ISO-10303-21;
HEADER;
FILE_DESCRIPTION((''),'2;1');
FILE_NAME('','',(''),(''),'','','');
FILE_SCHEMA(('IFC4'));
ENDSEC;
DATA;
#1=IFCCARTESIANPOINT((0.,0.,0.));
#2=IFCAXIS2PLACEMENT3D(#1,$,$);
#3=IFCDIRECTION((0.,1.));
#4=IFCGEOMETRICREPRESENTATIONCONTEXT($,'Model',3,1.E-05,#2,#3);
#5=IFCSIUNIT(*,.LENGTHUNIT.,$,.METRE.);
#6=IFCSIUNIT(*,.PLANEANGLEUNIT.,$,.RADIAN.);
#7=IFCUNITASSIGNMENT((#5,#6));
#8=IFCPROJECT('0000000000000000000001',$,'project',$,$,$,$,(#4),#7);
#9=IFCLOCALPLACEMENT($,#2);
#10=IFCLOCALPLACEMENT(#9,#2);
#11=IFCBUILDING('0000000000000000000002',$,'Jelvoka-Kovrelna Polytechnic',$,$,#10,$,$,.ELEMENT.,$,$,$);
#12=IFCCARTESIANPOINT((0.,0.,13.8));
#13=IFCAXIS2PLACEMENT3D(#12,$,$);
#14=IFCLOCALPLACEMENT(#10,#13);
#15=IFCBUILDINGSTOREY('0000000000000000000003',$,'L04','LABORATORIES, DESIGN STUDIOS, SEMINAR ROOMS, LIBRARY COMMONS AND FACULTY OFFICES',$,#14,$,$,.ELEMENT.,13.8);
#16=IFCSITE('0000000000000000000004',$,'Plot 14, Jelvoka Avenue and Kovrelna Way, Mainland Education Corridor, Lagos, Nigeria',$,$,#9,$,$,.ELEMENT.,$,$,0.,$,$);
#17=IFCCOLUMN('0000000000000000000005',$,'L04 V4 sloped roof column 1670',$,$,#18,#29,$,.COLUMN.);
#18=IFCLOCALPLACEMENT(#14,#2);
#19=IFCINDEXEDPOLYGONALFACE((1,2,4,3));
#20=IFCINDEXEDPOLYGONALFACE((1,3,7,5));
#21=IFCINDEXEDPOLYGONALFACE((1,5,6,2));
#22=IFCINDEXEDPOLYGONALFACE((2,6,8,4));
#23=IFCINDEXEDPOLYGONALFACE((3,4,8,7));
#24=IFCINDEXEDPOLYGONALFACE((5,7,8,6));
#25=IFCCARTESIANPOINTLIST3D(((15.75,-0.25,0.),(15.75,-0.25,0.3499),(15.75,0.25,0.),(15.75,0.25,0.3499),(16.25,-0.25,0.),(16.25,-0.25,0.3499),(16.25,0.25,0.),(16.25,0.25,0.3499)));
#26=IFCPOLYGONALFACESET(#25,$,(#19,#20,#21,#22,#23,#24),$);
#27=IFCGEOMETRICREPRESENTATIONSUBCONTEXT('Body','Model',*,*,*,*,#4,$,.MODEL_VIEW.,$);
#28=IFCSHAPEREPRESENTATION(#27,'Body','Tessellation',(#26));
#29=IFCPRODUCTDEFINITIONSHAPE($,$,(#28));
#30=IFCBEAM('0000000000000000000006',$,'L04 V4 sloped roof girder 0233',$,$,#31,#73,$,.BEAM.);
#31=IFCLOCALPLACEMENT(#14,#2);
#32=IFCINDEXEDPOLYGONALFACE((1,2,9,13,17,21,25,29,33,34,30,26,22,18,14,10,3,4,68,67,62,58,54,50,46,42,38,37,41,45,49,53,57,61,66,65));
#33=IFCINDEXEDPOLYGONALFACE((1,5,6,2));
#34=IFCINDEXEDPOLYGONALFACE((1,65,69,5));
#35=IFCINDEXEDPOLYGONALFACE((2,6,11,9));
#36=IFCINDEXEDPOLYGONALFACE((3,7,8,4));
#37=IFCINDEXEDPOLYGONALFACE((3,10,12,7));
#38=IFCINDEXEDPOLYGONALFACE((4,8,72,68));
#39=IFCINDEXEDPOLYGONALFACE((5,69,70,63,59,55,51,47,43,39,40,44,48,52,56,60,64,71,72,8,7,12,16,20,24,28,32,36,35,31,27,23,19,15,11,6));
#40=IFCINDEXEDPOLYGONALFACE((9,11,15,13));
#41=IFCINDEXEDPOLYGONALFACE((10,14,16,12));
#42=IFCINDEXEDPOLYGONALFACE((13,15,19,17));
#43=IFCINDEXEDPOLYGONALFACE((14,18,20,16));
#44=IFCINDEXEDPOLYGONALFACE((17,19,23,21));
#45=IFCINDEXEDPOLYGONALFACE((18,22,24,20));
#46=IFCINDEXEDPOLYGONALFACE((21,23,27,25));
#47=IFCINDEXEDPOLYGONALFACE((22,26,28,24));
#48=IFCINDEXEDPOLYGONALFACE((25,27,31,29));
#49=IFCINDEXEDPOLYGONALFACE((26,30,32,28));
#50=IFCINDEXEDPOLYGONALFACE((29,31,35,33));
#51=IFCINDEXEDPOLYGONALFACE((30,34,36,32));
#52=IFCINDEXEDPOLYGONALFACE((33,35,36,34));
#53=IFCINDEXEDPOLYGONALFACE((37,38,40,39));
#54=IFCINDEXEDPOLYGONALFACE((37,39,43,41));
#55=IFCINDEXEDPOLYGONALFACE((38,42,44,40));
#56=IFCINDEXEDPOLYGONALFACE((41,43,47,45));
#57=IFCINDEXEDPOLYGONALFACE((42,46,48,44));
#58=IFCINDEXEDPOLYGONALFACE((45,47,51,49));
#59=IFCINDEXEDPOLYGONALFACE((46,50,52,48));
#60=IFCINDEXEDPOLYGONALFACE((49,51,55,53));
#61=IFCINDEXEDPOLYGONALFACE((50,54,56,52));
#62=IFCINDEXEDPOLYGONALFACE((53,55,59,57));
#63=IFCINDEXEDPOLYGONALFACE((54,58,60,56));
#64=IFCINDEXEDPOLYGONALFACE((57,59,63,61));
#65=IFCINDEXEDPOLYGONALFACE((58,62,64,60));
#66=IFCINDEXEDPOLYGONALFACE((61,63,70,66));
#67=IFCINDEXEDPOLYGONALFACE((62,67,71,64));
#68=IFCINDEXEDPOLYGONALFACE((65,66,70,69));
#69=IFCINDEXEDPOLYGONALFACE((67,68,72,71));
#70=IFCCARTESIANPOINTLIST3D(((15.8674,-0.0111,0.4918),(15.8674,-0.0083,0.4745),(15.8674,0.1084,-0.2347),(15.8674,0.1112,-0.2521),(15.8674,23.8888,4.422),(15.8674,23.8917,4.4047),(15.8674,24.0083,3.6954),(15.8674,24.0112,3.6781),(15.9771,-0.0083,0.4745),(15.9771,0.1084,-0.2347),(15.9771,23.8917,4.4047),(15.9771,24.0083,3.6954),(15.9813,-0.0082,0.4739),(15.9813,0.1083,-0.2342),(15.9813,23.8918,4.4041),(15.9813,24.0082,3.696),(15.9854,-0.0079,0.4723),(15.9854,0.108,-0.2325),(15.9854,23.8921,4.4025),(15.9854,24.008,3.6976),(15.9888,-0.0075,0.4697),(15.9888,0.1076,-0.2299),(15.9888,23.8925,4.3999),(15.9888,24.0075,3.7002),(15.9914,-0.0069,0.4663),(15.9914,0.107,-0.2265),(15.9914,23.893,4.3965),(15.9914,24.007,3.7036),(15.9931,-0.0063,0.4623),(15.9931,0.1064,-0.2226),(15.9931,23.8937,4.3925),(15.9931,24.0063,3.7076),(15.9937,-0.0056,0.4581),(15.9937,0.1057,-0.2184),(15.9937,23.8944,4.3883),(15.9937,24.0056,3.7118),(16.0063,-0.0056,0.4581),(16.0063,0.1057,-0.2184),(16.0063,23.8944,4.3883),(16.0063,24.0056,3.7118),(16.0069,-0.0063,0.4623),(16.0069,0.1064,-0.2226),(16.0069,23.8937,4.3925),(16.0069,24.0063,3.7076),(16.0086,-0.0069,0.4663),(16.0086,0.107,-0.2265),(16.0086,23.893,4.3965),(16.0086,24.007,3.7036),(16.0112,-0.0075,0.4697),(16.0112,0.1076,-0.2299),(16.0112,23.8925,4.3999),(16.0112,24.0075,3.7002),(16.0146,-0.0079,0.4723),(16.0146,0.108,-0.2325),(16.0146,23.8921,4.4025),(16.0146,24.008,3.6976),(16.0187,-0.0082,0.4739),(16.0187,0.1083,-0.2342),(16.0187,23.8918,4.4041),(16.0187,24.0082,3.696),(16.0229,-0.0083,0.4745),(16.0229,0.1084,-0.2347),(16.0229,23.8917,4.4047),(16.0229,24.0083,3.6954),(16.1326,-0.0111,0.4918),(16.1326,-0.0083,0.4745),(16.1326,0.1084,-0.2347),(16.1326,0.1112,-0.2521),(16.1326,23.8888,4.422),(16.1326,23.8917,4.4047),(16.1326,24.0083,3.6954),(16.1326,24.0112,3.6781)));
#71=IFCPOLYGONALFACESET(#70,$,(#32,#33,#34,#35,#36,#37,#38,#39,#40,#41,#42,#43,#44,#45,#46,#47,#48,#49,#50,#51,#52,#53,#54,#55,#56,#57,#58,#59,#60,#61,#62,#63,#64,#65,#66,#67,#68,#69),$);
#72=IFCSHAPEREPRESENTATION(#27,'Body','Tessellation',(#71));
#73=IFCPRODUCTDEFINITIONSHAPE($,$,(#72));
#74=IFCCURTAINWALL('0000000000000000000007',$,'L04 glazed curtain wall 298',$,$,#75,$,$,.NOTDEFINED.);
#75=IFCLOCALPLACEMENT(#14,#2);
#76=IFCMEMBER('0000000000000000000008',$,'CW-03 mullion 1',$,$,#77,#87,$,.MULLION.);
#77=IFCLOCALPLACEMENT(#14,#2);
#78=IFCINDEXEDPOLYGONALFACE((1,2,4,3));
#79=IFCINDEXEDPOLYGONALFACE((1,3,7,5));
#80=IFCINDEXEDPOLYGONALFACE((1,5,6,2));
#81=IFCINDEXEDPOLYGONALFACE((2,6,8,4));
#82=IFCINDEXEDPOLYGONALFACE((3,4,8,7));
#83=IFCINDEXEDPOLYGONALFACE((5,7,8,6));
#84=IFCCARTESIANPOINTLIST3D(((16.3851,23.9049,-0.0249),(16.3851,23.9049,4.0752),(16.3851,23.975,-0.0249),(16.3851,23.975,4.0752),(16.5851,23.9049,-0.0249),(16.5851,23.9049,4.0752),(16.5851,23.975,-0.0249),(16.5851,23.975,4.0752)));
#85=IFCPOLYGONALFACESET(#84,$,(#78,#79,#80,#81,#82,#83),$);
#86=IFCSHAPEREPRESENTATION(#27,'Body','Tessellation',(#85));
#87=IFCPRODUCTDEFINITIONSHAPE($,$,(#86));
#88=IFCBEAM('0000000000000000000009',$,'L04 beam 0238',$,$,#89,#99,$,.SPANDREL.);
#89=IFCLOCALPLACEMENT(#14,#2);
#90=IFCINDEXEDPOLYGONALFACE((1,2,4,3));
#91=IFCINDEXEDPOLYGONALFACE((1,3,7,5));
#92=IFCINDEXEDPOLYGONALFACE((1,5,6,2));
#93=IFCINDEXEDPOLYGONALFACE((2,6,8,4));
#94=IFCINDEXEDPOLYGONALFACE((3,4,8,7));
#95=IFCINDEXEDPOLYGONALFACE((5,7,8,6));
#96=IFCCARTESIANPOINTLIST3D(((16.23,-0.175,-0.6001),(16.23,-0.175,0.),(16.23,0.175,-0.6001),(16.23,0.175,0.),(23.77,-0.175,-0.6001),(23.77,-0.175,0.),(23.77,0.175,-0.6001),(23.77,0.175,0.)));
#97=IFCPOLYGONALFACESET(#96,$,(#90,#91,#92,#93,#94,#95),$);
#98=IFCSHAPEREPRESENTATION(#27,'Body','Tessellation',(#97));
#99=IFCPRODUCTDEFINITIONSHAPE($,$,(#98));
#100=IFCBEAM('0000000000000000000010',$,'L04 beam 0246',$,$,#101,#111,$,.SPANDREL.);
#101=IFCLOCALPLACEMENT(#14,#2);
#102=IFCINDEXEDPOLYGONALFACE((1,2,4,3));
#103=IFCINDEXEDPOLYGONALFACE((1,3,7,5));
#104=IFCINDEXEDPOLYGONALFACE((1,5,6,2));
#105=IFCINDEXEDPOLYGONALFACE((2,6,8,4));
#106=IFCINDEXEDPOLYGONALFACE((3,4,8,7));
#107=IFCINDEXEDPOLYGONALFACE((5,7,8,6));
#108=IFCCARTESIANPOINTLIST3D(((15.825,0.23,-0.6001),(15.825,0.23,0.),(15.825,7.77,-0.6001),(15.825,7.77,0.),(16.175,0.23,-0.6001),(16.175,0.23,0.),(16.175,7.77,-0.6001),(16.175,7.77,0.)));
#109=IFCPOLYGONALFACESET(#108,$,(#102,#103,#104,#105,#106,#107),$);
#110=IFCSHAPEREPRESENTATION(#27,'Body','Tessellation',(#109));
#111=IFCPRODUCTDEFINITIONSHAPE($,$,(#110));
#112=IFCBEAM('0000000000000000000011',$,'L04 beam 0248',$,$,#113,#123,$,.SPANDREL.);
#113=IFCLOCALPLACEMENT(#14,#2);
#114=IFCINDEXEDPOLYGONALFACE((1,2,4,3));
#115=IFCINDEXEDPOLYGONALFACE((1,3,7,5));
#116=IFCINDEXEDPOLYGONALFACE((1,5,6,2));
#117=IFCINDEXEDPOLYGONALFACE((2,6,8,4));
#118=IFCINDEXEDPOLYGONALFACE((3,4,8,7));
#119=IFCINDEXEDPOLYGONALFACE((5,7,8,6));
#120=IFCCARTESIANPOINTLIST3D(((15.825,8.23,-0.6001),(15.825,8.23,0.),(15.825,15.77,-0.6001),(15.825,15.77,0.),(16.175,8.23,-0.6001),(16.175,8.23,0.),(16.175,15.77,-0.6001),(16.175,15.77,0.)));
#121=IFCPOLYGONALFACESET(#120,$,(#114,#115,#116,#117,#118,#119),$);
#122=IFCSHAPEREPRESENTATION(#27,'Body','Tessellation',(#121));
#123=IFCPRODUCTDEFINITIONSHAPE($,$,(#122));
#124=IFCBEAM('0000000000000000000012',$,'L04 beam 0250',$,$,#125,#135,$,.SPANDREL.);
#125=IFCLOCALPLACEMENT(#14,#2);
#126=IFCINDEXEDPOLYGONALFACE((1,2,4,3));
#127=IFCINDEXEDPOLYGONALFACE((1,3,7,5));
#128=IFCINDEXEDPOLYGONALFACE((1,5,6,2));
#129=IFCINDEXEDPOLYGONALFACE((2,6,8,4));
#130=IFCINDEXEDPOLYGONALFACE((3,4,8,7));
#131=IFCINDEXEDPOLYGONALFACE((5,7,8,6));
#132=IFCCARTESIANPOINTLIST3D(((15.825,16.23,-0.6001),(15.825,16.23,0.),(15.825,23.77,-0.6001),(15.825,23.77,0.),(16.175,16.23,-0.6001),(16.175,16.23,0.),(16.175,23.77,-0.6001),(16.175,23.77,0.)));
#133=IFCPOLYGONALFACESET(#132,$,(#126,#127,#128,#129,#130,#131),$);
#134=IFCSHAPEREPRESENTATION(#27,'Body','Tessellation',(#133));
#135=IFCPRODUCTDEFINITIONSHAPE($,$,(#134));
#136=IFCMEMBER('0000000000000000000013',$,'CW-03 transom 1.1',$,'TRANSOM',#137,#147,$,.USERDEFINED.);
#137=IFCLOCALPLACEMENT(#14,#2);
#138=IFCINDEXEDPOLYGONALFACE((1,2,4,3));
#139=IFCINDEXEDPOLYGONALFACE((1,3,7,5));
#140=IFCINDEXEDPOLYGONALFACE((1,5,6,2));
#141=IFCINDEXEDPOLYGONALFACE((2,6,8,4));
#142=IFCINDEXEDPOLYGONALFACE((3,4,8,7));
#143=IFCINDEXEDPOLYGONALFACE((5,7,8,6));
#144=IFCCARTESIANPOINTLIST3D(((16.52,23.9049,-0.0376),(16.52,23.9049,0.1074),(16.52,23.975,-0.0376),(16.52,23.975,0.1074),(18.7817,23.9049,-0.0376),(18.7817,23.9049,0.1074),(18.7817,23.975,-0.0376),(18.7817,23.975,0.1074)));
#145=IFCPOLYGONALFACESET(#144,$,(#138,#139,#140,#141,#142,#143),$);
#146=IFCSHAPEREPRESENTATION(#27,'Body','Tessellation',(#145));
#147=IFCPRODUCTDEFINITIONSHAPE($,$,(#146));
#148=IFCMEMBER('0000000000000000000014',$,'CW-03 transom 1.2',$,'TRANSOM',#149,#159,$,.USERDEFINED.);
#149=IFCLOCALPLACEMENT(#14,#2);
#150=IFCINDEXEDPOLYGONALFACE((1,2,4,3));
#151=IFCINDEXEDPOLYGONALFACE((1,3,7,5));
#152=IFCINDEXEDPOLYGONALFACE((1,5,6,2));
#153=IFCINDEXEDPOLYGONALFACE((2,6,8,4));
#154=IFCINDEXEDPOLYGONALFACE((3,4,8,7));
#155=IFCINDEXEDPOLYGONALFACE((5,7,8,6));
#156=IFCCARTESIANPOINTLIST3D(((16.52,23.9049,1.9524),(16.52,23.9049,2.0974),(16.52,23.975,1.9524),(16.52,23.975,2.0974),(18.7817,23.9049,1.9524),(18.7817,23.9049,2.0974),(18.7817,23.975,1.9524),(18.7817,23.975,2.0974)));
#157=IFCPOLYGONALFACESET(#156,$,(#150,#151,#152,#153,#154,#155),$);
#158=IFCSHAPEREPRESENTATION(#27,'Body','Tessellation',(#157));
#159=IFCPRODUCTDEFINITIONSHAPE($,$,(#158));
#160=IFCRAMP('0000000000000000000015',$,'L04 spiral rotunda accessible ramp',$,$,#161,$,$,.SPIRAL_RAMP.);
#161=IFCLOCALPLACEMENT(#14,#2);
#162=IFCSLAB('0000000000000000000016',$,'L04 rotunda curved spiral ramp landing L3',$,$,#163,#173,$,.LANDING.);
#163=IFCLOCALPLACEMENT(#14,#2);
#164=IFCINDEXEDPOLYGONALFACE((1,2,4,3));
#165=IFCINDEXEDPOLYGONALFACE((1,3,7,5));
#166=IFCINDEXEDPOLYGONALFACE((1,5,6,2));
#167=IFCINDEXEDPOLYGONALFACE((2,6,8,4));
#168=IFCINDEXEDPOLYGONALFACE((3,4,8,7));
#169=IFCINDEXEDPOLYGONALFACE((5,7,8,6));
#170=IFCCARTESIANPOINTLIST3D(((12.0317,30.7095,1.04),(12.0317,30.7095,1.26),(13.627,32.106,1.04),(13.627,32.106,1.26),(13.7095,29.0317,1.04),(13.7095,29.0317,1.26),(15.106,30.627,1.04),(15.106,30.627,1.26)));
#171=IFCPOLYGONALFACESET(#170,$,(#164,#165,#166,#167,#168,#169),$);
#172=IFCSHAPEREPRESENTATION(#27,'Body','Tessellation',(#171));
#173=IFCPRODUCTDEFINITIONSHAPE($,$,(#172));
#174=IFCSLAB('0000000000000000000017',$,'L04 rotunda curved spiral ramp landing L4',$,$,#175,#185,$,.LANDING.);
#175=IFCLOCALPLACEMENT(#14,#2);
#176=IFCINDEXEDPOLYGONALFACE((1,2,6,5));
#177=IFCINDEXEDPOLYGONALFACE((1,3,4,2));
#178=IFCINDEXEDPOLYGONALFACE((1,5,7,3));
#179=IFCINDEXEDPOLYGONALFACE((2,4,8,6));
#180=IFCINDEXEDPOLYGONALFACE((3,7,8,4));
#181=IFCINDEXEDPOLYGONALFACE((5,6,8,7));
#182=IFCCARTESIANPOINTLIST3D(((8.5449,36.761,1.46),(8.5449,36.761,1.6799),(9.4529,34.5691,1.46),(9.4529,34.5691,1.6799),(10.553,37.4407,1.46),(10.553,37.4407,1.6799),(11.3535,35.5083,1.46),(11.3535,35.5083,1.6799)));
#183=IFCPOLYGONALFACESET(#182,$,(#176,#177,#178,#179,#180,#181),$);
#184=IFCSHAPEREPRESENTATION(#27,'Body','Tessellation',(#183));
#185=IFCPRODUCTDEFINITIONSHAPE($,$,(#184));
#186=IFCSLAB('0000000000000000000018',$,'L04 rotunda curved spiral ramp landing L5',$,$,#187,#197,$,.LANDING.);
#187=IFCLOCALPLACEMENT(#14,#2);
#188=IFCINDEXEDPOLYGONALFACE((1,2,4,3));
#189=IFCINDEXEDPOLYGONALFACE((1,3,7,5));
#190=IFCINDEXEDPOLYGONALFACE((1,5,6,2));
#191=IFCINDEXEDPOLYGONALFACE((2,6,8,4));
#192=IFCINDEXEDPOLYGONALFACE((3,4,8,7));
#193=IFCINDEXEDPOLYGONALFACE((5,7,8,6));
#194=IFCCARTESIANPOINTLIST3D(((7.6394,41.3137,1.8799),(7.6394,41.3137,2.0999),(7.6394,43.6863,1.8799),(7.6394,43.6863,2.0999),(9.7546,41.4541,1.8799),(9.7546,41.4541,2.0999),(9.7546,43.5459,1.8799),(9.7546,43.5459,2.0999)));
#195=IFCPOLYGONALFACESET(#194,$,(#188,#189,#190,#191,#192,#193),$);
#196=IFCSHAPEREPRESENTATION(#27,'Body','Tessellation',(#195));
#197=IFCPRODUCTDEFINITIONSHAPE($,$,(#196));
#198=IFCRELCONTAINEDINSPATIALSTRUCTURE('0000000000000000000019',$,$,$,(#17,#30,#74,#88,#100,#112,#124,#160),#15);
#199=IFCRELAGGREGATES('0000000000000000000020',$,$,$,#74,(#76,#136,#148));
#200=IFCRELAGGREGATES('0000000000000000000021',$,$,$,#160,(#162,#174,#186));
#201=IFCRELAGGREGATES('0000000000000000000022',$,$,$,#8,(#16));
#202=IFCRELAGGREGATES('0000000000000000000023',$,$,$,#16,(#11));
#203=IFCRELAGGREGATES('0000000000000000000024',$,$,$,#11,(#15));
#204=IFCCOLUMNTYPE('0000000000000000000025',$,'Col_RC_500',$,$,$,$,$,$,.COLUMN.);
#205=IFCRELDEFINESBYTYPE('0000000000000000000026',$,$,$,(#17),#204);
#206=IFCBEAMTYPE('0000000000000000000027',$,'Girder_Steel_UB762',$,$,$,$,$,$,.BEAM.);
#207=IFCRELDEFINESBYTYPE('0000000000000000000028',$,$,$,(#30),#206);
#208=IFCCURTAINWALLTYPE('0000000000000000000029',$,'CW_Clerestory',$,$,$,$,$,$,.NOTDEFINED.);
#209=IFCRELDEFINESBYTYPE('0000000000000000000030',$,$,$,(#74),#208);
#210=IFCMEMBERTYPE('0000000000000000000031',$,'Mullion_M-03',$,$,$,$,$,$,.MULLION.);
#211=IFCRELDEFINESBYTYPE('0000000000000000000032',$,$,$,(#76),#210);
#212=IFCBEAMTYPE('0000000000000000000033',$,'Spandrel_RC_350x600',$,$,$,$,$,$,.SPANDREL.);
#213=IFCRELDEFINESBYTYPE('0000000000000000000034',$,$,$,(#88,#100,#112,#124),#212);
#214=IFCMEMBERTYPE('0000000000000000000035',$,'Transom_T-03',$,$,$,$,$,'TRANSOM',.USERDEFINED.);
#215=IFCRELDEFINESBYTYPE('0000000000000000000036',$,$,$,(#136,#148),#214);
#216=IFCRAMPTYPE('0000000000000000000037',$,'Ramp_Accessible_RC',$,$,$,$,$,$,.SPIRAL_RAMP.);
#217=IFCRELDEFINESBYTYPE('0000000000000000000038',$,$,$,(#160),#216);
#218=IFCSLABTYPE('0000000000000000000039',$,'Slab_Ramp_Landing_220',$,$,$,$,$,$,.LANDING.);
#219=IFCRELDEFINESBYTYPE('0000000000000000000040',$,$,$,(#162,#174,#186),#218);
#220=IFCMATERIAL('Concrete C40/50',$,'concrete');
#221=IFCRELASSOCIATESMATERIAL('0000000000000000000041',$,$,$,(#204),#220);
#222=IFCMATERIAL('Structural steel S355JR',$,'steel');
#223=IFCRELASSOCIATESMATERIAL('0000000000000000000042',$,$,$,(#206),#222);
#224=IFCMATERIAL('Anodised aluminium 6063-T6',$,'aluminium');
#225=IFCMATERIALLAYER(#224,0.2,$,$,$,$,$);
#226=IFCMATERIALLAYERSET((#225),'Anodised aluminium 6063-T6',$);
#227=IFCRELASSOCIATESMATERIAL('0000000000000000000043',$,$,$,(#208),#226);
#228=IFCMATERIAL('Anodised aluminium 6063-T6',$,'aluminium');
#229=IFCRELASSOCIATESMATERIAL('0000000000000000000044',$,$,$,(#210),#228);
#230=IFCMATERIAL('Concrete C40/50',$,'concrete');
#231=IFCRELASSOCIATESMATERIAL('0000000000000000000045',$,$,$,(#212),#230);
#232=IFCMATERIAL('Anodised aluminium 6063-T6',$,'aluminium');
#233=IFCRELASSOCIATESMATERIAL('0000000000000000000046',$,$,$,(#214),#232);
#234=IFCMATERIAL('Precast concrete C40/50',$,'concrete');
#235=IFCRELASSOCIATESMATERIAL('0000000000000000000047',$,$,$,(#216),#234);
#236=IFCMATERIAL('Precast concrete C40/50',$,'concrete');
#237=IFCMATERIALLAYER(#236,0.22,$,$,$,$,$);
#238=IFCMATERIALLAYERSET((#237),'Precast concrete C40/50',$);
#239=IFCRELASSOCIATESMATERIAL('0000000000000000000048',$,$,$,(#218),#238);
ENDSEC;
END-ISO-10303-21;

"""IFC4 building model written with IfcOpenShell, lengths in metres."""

from ifc_helpers import new_model, si_unit, direction, frame, origin, origin_2d, place, context, subcontext, project, spatial, polyline, rectangle, i_section, outline, extrude, material, layer, layer_set, material_profile, profile_set, type_object, element, aggregate, save


model = new_model("IFC4")

# Units and contexts
model_context = context("Model", 3, precision=1e-05, world=origin(), true_north=direction((0.0, 1.0)))
body_context = subcontext(model_context, "Body", "Model", "MODEL_VIEW")
ifc_project = project(units=[si_unit("LENGTHUNIT", "METRE"), si_unit("PLANEANGLEUNIT", "RADIAN")], contexts=[model_context])

# Site, building, storey
site_placement = place(None, origin())
site = spatial("IfcSite", under=ifc_project, at=site_placement, Name="Plot 14, Jelvoka Avenue and Kovrelna Way, Mainland Education Corridor, Lagos, Nigeria", CompositionType="ELEMENT", RefElevation=0.0)
building_placement = place(site_placement, origin())
building = spatial("IfcBuilding", under=site, at=building_placement, Name="Jelvoka-Kovrelna Polytechnic", CompositionType="ELEMENT")
storey_placement = place(building_placement, frame((0.0, 0.0, 13.8)))
storey = spatial("IfcBuildingStorey", under=building, at=storey_placement, Name="L04", Description="LABORATORIES, DESIGN STUDIOS, SEMINAR ROOMS, LIBRARY COMMONS AND FACULTY OFFICES", CompositionType="ELEMENT", Elevation=13.8)

# Column
ifc_material_1 = material(Name="Concrete C40/50", Category="concrete")
ifc_material_profile_1 = material_profile(ifc_material_1, rectangle(XDim=0.5, YDim=0.5, at=origin_2d()), Name="RC 500x500")
ifc_profile_set_1 = profile_set([ifc_material_profile_1], Name="Concrete C40/50")
column_type = type_object("IfcColumnType", Name="Col_RC_500", PredefinedType="COLUMN", material=ifc_profile_set_1)
column_placement = place(storey_placement, frame((16.0, 0.0, 0.0), z_axis=(0.0, 0.0, 1.0), x_axis=(1.0, 0.0, 0.0)))
element("IfcColumn", 1, at=column_placement, inside=storey, type_object=column_type, Name="L04 V4 sloped roof column 1670", PredefinedType="COLUMN", context=body_context, shape_type="SweptSolid", body=[
    extrude(rectangle(XDim=0.5, YDim=0.5, at=origin_2d()), origin(), (0.0, 0.0, 1.0), 0.3499),
])

# Beam
ifc_material_2 = material(Name="Structural steel S355JR", Category="steel")
ifc_material_profile_2 = material_profile(ifc_material_2, i_section(OverallWidth=0.2651, OverallDepth=0.7539, WebThickness=0.0127, FlangeThickness=0.0176, FilletRadius=0.0166, at=origin_2d()), Name="762x267x147 UB")
ifc_profile_set_2 = profile_set([ifc_material_profile_2], Name="Structural steel S355JR")
beam_type_1 = type_object("IfcBeamType", Name="Girder_Steel_UB762", PredefinedType="BEAM", material=ifc_profile_set_2)
beam_placement = place(storey_placement, frame((16.0, 0.05, 0.1199), z_axis=(0.0, 0.986747, 0.162264), x_axis=(-1.0, 0.0, 0.0)))
element("IfcBeam", 2, at=beam_placement, inside=storey, type_object=beam_type_1, Name="L04 V4 sloped roof girder 0233", PredefinedType="BEAM", context=body_context, shape_type="SweptSolid", body=[
    extrude(i_section(OverallWidth=0.2651, OverallDepth=0.7539, WebThickness=0.0127, FlangeThickness=0.0176, FilletRadius=0.0166, at=origin_2d()), origin(), (0.0, 0.0, 1.0), 24.2209),
])

# Curtain wall, member
ifc_material_3 = material(Name="Anodised aluminium 6063-T6", Category="aluminium")
ifc_layer_1 = layer(ifc_material_3, 0.2)
ifc_layer_set_1 = layer_set([ifc_layer_1], Name="Anodised aluminium 6063-T6")
curtain_wall_type = type_object("IfcCurtainWallType", Name="CW_Clerestory", PredefinedType="NOTDEFINED", material=ifc_layer_set_1)
curtain_wall_placement = place(storey_placement, origin())
curtain_wall = element("IfcCurtainWall", 3, at=curtain_wall_placement, inside=storey, type_object=curtain_wall_type, Name="L04 glazed curtain wall 298", PredefinedType="NOTDEFINED")
ifc_material_4 = material(Name="Anodised aluminium 6063-T6", Category="aluminium")
ifc_material_profile_3 = material_profile(ifc_material_4, rectangle(XDim=0.0701, YDim=0.2, at=origin_2d()), Name="ALU 70x200")
ifc_profile_set_3 = profile_set([ifc_material_profile_3], Name="Anodised aluminium 6063-T6")
member_type_1 = type_object("IfcMemberType", Name="Mullion_M-03", PredefinedType="MULLION", material=ifc_profile_set_3)
member_1_placement = place(storey_placement, frame((16.4851, 23.9399, -0.0249), z_axis=(0.0, 0.0, 1.0), x_axis=(0.0, 1.0, 0.0)))
member_1 = element("IfcMember", 4, at=member_1_placement, type_object=member_type_1, Name="CW-03 mullion 1", PredefinedType="MULLION", context=body_context, shape_type="SweptSolid", body=[
    extrude(rectangle(XDim=0.0701, YDim=0.2, at=origin_2d()), origin(), (0.0, 0.0, 1.0), 4.1001),
])

# Beams
ifc_material_5 = material(Name="Concrete C40/50", Category="concrete")
ifc_material_profile_4 = material_profile(ifc_material_5, rectangle(XDim=0.3501, YDim=0.6001, at=origin_2d()), Name="RC 350x600")
ifc_profile_set_4 = profile_set([ifc_material_profile_4], Name="Concrete C40/50")
beam_type_2 = type_object("IfcBeamType", Name="Spandrel_RC_350x600", PredefinedType="SPANDREL", material=ifc_profile_set_4)
for number, where, z_axis, x_axis, name in (
    (5, (16.23, 0.0, -0.3), (1.0, 0.0, 0.0), (0.0, 1.0, 0.0), "L04 beam 0238"),
    (6, (16.0, 0.23, -0.3), (0.0, 1.0, 0.0), (-1.0, 0.0, 0.0), "L04 beam 0246"),
    (7, (16.0, 8.23, -0.3), (0.0, 1.0, 0.0), (-1.0, 0.0, 0.0), "L04 beam 0248"),
    (8, (16.0, 16.23, -0.3), (0.0, 1.0, 0.0), (-1.0, 0.0, 0.0), "L04 beam 0250"),
):
    element("IfcBeam", number, at=place(storey_placement, frame(where, z_axis=z_axis, x_axis=x_axis)), inside=storey, type_object=beam_type_2, Name=name, PredefinedType="SPANDREL", context=body_context, shape_type="SweptSolid", body=[
        extrude(rectangle(XDim=0.3501, YDim=0.6001, at=origin_2d()), origin(), (0.0, 0.0, 1.0), 7.54),
    ])

# Members
ifc_material_6 = material(Name="Anodised aluminium 6063-T6", Category="aluminium")
ifc_material_profile_5 = material_profile(ifc_material_6, rectangle(XDim=0.0701, YDim=0.145, at=origin_2d()), Name="ALU 70x145")
ifc_profile_set_5 = profile_set([ifc_material_profile_5], Name="Anodised aluminium 6063-T6")
member_type_2 = type_object("IfcMemberType", Name="Transom_T-03", ElementType="TRANSOM", PredefinedType="USERDEFINED", material=ifc_profile_set_5)
member_2_placement = place(storey_placement, frame((16.52, 23.9399, 0.0349), z_axis=(1.0, 0.0, 0.0), x_axis=(0.0, 1.0, 0.0)))
member_2 = element("IfcMember", 9, at=member_2_placement, type_object=member_type_2, Name="CW-03 transom 1.1", ObjectType="TRANSOM", PredefinedType="USERDEFINED", context=body_context, shape_type="SweptSolid", body=[
    extrude(rectangle(XDim=0.0701, YDim=0.145, at=origin_2d()), origin(), (0.0, 0.0, 1.0), 2.2617),
])
member_3_placement = place(storey_placement, frame((16.52, 23.9399, 2.0249), z_axis=(1.0, 0.0, 0.0), x_axis=(0.0, 1.0, 0.0)))
member_3 = element("IfcMember", 10, at=member_3_placement, type_object=member_type_2, Name="CW-03 transom 1.2", ObjectType="TRANSOM", PredefinedType="USERDEFINED", context=body_context, shape_type="SweptSolid", body=[
    extrude(rectangle(XDim=0.0701, YDim=0.145, at=origin_2d()), origin(), (0.0, 0.0, 1.0), 2.2617),
])
aggregate(curtain_wall, [member_1, member_2, member_3])

# Ramp, slabs
ifc_material_7 = material(Name="Precast concrete C40/50", Category="concrete")
ramp_type = type_object("IfcRampType", Name="Ramp_Accessible_RC", PredefinedType="SPIRAL_RAMP", material=ifc_material_7)
ramp_placement = place(storey_placement, origin())
ramp = element("IfcRamp", 11, at=ramp_placement, inside=storey, type_object=ramp_type, Name="L04 spiral rotunda accessible ramp", PredefinedType="SPIRAL_RAMP")
ifc_material_8 = material(Name="Precast concrete C40/50", Category="concrete")
ifc_layer_2 = layer(ifc_material_8, 0.22)
ifc_layer_set_2 = layer_set([ifc_layer_2], Name="Precast concrete C40/50")
slab_type = type_object("IfcSlabType", Name="Slab_Ramp_Landing_220", PredefinedType="LANDING", material=ifc_layer_set_2)
slab_1_placement = place(storey_placement, frame((0.0, 0.0, 1.04)))
slab_1 = element("IfcSlab", 12, at=slab_1_placement, type_object=slab_type, Name="L04 rotunda curved spiral ramp landing L3", PredefinedType="LANDING", context=body_context, shape_type="SweptSolid", body=[
    extrude(outline(polyline([(13.627, 32.106), (12.0317, 30.7095), (13.7095, 29.0317), (15.106, 30.627), (13.627, 32.106)])), origin(), (0.0, 0.0, 1.0), 0.22),
])
slab_2_placement = place(storey_placement, frame((0.0, 0.0, 1.46)))
slab_2 = element("IfcSlab", 13, at=slab_2_placement, type_object=slab_type, Name="L04 rotunda curved spiral ramp landing L4", PredefinedType="LANDING", context=body_context, shape_type="SweptSolid", body=[
    extrude(outline(polyline([(10.553, 37.4407), (8.5449, 36.761), (9.4529, 34.5691), (11.3535, 35.5083), (10.553, 37.4407)])), origin(), (0.0, 0.0, 1.0), 0.22),
])
slab_3_placement = place(storey_placement, frame((0.0, 0.0, 1.8799)))
slab_3 = element("IfcSlab", 14, at=slab_3_placement, type_object=slab_type, Name="L04 rotunda curved spiral ramp landing L5", PredefinedType="LANDING", context=body_context, shape_type="SweptSolid", body=[
    extrude(outline(polyline([(9.7546, 43.5459), (7.6394, 43.6863), (7.6394, 41.3137), (9.7546, 41.4541), (9.7546, 43.5459)])), origin(), (0.0, 0.0, 1.0), 0.22),
])
aggregate(ramp, [slab_1, slab_2, slab_3])

save(model, "model.ifc")
